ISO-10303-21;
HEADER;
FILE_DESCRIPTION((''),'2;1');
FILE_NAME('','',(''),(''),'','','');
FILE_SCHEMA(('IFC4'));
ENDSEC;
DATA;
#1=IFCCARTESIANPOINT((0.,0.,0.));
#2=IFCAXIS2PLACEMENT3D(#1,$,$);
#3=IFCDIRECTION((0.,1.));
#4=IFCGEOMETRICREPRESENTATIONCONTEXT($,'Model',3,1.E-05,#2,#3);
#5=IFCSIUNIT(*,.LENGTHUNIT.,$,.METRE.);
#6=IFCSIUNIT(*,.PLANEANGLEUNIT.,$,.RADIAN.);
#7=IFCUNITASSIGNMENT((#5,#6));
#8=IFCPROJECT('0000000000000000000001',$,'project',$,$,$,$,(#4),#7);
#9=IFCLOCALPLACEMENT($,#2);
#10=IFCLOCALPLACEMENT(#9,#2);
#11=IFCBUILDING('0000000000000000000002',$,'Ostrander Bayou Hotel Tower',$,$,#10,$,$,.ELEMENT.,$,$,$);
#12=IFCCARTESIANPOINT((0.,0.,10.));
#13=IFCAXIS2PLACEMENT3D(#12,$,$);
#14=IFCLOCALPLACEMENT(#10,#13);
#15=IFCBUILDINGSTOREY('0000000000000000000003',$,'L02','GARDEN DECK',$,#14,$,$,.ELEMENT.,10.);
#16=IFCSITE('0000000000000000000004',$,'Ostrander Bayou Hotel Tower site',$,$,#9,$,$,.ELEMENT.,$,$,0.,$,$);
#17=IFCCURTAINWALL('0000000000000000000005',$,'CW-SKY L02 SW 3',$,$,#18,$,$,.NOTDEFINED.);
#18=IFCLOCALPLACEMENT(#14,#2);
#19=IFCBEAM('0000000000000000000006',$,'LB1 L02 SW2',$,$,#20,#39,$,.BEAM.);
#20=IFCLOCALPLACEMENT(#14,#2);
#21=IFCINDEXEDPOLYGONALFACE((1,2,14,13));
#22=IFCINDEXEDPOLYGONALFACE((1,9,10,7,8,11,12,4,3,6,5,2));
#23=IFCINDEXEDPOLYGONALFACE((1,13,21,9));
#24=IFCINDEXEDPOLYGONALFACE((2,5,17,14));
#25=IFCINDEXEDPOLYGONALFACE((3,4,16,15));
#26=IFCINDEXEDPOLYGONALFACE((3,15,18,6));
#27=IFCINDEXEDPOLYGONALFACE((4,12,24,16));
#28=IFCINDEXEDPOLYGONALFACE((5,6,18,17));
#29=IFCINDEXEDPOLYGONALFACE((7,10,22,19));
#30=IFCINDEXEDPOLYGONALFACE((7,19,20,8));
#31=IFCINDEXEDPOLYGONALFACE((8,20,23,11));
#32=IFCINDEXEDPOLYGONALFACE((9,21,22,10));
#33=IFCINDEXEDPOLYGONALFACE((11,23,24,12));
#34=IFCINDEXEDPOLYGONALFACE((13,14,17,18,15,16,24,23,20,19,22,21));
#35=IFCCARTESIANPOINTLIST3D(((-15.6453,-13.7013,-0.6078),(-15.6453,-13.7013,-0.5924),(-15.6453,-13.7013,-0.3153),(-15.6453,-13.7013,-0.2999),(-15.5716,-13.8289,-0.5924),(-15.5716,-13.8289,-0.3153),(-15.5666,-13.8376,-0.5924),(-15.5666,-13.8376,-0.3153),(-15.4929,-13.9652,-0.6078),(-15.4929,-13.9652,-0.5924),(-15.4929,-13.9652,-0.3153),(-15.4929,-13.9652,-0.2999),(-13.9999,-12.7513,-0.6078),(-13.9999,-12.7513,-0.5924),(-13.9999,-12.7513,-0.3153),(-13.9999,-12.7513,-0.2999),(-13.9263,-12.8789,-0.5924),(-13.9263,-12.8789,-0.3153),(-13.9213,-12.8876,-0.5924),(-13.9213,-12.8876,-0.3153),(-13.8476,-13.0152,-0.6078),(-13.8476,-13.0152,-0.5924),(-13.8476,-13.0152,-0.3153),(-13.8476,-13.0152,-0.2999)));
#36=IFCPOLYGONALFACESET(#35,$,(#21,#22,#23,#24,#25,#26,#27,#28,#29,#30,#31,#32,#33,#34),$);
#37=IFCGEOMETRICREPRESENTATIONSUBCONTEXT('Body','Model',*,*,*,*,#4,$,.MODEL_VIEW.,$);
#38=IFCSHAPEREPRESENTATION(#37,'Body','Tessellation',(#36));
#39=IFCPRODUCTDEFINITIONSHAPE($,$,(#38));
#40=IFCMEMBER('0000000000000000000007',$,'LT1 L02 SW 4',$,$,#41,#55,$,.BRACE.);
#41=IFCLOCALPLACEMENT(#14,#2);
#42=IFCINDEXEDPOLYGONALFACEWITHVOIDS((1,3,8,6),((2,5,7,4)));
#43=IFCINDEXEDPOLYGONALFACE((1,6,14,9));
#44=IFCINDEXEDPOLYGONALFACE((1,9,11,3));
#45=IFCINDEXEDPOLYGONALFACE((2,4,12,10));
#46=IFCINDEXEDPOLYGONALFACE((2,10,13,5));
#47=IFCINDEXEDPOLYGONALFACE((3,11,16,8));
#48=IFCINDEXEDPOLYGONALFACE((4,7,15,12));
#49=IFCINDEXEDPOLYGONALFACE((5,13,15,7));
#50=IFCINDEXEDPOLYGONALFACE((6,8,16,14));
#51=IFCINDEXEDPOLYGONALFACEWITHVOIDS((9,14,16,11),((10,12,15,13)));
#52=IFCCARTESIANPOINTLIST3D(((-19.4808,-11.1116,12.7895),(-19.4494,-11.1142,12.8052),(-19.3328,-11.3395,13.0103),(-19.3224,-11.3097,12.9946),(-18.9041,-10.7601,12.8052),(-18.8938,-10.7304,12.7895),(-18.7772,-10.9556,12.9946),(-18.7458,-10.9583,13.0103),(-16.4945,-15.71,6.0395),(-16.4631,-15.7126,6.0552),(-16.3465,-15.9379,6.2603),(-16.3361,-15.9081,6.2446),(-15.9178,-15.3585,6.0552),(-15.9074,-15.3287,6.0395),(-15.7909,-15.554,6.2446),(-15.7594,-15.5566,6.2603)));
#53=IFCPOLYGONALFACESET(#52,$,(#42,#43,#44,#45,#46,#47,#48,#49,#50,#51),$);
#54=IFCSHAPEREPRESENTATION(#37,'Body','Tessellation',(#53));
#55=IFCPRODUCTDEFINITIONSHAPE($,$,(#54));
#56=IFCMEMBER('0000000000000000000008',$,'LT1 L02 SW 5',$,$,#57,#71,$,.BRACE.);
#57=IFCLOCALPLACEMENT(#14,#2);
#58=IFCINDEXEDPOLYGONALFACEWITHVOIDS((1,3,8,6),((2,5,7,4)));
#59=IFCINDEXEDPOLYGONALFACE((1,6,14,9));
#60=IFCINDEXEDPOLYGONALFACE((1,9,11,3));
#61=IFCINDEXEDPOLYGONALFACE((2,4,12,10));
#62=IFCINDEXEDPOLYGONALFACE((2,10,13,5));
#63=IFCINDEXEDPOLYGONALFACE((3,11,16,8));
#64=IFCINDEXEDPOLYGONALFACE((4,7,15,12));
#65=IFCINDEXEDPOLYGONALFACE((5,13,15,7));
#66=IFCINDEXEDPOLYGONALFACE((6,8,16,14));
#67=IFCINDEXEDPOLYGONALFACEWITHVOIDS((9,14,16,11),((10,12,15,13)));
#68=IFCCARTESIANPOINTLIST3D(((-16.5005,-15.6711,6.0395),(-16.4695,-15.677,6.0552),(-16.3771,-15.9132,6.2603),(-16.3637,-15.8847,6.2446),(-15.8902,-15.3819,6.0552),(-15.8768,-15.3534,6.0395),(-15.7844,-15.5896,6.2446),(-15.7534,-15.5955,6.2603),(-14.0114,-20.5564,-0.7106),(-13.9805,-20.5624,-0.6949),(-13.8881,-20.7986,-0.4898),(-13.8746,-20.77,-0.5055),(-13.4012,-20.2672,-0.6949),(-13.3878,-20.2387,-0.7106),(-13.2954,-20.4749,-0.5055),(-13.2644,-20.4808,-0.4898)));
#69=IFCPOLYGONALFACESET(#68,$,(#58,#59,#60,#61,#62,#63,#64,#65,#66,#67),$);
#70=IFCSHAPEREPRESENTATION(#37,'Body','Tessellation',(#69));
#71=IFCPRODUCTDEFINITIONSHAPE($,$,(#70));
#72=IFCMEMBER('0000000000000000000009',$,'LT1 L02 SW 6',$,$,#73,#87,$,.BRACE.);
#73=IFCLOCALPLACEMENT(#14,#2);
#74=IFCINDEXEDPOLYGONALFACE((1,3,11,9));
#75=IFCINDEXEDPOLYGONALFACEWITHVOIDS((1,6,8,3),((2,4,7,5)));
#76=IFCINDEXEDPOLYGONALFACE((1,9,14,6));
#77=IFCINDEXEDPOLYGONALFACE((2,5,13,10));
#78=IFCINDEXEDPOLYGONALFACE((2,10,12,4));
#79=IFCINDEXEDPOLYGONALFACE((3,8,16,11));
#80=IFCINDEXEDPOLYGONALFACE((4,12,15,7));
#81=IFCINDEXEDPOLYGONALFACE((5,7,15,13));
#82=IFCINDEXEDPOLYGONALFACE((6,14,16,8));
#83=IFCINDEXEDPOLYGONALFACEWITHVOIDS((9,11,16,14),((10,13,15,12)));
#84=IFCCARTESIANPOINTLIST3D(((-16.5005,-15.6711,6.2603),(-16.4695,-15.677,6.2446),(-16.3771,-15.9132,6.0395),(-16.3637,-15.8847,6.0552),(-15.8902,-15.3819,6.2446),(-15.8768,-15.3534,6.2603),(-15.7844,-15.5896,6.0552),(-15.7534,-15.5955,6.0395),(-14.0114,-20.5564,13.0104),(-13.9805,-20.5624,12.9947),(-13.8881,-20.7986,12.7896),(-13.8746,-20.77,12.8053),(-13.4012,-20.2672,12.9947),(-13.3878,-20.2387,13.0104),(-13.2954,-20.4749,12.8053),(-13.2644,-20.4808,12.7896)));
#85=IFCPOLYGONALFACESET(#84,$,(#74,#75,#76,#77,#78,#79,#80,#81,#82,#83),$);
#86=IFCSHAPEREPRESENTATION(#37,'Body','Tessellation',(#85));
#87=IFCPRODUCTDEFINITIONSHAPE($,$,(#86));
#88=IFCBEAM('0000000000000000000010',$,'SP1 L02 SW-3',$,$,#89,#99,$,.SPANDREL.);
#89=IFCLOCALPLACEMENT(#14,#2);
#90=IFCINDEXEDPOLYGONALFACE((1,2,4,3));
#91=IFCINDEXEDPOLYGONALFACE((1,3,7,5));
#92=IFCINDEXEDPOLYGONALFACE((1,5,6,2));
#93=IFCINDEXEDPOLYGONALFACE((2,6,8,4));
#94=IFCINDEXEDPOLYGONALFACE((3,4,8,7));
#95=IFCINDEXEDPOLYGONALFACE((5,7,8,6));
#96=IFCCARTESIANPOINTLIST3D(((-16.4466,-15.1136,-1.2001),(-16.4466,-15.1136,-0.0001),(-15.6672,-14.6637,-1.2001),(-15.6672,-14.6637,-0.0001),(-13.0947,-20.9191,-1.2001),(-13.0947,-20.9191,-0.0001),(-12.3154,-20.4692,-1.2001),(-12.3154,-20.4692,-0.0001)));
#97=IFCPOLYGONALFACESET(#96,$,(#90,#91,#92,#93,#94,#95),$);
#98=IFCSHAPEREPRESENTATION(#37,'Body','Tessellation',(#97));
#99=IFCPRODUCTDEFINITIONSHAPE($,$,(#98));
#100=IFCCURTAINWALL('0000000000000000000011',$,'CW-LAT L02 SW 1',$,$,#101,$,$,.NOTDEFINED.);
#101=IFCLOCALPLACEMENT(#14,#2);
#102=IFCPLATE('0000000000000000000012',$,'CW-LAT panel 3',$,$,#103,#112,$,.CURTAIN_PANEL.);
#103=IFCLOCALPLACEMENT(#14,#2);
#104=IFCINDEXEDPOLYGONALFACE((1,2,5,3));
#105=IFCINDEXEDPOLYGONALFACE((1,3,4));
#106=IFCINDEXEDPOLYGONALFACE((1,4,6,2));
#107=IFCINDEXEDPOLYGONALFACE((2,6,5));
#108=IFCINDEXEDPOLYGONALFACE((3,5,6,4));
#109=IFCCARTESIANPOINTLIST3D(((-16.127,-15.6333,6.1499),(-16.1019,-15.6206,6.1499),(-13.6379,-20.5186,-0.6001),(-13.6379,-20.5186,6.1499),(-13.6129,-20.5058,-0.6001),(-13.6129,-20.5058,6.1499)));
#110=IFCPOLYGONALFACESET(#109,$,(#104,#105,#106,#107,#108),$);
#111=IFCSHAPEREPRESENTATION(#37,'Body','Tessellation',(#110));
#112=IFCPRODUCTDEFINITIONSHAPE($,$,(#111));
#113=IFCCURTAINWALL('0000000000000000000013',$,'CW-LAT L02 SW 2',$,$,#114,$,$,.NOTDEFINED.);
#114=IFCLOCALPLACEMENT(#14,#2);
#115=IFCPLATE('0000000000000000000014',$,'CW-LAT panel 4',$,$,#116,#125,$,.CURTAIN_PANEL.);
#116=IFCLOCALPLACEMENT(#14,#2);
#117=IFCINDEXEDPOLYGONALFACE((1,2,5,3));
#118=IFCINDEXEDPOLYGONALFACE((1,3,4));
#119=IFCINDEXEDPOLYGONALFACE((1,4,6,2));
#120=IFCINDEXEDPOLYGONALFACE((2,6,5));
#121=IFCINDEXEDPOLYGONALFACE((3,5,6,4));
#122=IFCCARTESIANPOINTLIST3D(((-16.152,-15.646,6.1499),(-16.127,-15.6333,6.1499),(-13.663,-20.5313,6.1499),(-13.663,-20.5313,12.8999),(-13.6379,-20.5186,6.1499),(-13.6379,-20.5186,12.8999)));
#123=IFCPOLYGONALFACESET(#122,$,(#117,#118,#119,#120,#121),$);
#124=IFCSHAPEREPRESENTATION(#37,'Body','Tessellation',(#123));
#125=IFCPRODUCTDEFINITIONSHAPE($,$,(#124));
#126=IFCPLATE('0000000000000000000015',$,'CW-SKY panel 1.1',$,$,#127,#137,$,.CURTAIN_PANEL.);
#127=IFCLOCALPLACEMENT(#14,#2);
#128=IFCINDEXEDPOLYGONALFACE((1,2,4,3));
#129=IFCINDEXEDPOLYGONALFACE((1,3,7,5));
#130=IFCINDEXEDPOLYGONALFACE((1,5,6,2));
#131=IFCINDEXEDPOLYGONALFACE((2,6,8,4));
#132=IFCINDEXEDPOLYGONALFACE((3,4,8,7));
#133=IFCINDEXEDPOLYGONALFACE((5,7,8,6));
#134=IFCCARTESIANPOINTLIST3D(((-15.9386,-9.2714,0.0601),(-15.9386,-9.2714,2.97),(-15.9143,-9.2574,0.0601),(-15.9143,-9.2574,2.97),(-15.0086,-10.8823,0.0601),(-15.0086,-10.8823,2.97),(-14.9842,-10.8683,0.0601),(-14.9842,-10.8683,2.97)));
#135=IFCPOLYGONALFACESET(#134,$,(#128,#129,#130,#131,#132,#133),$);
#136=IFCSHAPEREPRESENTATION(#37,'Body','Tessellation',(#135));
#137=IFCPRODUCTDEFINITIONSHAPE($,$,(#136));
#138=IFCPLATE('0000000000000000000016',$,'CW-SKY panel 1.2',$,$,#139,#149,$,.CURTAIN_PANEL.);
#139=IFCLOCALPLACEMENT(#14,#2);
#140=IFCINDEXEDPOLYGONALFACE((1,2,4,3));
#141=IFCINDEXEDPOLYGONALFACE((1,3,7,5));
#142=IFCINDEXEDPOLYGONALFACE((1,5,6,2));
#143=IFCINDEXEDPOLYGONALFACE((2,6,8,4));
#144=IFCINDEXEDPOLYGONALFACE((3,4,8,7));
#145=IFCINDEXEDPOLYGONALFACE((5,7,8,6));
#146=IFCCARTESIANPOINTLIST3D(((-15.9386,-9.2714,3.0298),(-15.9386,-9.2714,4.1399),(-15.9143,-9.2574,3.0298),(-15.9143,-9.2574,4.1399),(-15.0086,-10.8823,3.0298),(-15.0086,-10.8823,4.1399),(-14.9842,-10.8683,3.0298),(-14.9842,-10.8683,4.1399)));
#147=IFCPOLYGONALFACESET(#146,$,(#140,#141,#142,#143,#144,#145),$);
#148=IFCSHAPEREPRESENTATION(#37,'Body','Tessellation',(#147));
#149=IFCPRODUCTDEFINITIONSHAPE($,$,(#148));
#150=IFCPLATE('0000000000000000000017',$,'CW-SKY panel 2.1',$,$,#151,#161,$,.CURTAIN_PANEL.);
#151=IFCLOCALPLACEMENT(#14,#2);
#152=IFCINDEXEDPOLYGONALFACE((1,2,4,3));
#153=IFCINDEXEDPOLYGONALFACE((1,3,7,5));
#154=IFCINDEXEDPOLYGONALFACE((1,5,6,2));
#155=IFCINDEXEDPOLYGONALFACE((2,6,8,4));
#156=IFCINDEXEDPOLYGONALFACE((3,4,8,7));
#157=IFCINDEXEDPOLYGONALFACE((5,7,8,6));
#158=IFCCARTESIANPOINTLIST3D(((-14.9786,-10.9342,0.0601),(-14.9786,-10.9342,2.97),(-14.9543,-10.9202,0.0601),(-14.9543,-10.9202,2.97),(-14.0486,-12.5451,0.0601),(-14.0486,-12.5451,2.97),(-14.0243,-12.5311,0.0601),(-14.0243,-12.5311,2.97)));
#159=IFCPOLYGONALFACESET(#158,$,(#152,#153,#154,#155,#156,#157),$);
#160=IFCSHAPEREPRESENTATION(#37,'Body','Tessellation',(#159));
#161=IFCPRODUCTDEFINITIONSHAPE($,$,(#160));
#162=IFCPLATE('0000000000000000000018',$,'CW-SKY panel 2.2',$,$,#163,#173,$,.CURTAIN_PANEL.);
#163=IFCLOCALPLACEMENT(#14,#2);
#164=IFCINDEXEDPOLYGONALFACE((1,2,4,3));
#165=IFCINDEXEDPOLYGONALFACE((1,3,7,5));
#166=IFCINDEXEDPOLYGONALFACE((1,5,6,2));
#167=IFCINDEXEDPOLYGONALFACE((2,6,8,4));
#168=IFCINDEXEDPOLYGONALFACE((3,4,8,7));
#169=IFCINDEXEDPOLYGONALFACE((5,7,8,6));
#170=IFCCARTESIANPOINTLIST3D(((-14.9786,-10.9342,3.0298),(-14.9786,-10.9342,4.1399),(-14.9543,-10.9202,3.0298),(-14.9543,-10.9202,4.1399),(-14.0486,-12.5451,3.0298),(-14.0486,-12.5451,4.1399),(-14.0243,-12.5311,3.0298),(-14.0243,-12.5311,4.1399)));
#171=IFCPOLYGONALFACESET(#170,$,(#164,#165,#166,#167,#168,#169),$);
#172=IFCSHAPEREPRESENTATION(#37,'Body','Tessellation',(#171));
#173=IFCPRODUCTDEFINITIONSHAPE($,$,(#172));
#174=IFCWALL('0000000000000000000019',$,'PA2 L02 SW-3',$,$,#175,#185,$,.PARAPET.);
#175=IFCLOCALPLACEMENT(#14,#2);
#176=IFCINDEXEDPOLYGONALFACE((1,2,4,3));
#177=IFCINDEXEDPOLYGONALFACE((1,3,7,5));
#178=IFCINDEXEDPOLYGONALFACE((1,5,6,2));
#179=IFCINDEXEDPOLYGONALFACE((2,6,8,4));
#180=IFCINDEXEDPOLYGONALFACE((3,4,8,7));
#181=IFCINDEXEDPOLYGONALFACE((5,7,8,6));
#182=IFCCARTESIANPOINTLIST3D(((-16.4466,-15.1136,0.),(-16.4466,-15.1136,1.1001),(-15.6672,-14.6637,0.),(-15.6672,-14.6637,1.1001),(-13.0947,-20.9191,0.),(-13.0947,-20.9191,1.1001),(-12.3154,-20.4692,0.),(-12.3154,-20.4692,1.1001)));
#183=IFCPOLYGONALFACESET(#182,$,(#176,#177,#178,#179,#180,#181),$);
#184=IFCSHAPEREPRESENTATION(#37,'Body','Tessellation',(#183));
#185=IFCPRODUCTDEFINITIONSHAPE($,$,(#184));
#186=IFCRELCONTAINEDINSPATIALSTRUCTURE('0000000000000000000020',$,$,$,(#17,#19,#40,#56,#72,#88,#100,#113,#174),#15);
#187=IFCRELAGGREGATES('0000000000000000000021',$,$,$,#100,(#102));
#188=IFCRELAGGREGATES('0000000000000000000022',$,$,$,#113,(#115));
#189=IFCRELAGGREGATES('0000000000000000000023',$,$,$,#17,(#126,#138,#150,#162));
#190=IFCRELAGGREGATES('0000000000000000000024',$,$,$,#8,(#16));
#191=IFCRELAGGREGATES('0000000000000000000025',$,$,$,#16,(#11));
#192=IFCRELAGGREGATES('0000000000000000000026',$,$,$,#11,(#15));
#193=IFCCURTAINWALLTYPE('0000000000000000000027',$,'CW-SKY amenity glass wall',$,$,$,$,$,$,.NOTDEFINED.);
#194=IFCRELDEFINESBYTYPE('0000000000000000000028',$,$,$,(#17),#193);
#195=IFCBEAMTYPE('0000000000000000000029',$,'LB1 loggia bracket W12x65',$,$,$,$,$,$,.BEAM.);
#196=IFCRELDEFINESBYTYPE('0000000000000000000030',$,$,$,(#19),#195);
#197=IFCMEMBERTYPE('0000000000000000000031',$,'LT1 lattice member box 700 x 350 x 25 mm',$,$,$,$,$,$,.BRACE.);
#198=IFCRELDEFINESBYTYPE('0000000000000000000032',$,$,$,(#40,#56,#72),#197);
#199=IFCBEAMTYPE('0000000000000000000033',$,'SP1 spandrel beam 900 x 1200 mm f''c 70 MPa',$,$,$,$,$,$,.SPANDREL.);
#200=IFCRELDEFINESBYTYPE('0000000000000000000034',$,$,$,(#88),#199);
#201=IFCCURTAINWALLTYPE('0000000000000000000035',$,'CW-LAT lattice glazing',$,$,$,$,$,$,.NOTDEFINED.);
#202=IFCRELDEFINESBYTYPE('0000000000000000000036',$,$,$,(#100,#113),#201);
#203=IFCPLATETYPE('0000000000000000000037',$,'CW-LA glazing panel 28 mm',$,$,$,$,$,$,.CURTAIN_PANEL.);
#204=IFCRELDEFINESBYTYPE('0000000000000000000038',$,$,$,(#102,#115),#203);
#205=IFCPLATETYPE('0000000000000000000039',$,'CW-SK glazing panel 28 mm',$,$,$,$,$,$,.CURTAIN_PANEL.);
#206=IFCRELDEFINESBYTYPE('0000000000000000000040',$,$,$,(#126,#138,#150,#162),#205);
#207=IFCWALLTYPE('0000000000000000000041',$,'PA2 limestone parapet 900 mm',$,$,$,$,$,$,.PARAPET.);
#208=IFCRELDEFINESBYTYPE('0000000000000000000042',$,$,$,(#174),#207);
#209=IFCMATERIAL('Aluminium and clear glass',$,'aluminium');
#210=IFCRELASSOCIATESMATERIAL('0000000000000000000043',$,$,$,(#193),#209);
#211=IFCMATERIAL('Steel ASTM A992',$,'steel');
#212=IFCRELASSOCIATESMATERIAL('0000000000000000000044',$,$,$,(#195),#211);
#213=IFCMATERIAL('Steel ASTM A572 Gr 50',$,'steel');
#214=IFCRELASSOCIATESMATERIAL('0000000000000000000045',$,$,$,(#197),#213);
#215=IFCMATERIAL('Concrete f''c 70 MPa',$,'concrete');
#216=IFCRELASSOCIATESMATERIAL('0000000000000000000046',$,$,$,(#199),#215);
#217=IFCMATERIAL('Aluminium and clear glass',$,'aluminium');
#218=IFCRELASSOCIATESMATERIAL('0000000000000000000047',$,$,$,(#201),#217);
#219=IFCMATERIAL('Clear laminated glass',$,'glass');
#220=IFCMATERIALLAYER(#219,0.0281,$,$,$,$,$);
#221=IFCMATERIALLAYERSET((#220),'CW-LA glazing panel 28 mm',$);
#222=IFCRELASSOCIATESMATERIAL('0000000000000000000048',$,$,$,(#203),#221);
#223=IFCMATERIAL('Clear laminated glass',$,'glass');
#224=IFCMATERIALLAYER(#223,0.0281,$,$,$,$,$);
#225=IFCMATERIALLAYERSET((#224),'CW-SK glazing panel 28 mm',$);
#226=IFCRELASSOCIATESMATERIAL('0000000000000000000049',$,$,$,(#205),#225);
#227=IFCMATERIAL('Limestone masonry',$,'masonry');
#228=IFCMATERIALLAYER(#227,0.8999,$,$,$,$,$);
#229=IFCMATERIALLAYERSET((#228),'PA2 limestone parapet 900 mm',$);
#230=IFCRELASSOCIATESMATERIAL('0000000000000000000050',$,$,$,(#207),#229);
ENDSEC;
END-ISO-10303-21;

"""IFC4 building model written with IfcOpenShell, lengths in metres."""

from ifc_helpers import new_model, si_unit, direction, frame, frame_2d, origin, origin_2d, place, context, subcontext, project, spatial, polyline, rectangle, hollow_rectangle, i_section, outline, extrude, material, layer, layer_set, material_profile, profile_set, type_object, element, aggregate, save


model = new_model("IFC4")

# Units and contexts
model_context = context("Model", 3, precision=1e-05, world=origin(), true_north=direction((0.0, 1.0)))
body_context = subcontext(model_context, "Body", "Model", "MODEL_VIEW")
ifc_project = project(units=[si_unit("LENGTHUNIT", "METRE"), si_unit("PLANEANGLEUNIT", "RADIAN")], contexts=[model_context])

# Site, building, storey
site_placement = place(None, origin())
site = spatial("IfcSite", under=ifc_project, at=site_placement, Name="Ostrander Bayou Hotel Tower site", CompositionType="ELEMENT", RefElevation=0.0)
building_placement = place(site_placement, origin())
building = spatial("IfcBuilding", under=site, at=building_placement, Name="Ostrander Bayou Hotel Tower", CompositionType="ELEMENT")
storey_placement = place(building_placement, frame((0.0, 0.0, 10.0)))
storey = spatial("IfcBuildingStorey", under=building, at=storey_placement, Name="L02", Description="GARDEN DECK", CompositionType="ELEMENT", Elevation=10.0)

# Curtain wall
ifc_material_1 = material(Name="Aluminium and clear glass", Category="aluminium")
curtain_wall_type_1 = type_object("IfcCurtainWallType", Name="CW-SKY amenity glass wall", PredefinedType="NOTDEFINED", material=ifc_material_1)
curtain_wall_1_placement = place(storey_placement, origin())
curtain_wall_1 = element("IfcCurtainWall", 1, at=curtain_wall_1_placement, inside=storey, type_object=curtain_wall_type_1, Name="CW-SKY L02 SW 3", PredefinedType="NOTDEFINED")

# Beam
ifc_material_2 = material(Name="Steel ASTM A992", Category="steel")
ifc_material_profile_1 = material_profile(ifc_material_2, i_section(OverallWidth=0.3047, OverallDepth=0.3079, WebThickness=0.01, FlangeThickness=0.0154, at=origin_2d()))
ifc_profile_set_1 = profile_set([ifc_material_profile_1], Name="Steel ASTM A992")
beam_type_1 = type_object("IfcBeamType", Name="LB1 loggia bracket W12x65", PredefinedType="BEAM", material=ifc_profile_set_1)
beam_1_placement = place(storey_placement, frame((-15.5691, -13.8333, -0.4539), z_axis=(0.866012, 0.500023, 0.0), x_axis=(-0.500023, 0.866012, 0.0)))
element("IfcBeam", 2, at=beam_1_placement, inside=storey, type_object=beam_type_1, Name="LB1 L02 SW2", PredefinedType="BEAM", context=body_context, shape_type="SweptSolid", body=[
    extrude(i_section(OverallWidth=0.3047, OverallDepth=0.3079, WebThickness=0.01, FlangeThickness=0.0154, at=origin_2d()), origin(), (0.0, 0.0, 1.0), 1.8999),
])

# Members
ifc_material_3 = material(Name="Steel ASTM A572 Gr 50", Category="steel")
ifc_material_profile_2 = material_profile(ifc_material_3, hollow_rectangle(XDim=0.7, YDim=0.3501, WallThickness=0.0249, at=origin_2d()))
ifc_profile_set_2 = profile_set([ifc_material_profile_2], Name="Steel ASTM A572 Gr 50")
member_type_1 = type_object("IfcMemberType", Name="LT1 lattice member box 700 x 350 x 25 mm", PredefinedType="BRACE", material=ifc_profile_set_2)
for number, where, z_axis, x_axis, name in (
    (3, (-16.127, -15.6333, 6.1499), (-0.343402, 0.528775, 0.776191), (-0.838662, -0.544652, 0.0), "LT1 L02 SW 4"),
    (4, (-16.127, -15.6333, 6.1499), (0.286219, -0.561771, -0.776204), (0.891017, 0.453969, 0.0), "LT1 L02 SW 5"),
    (5, (-16.127, -15.6333, 6.1499), (0.286219, -0.561771, 0.776204), (0.891017, 0.453969, 0.0), "LT1 L02 SW 6"),
):
    element("IfcMember", number, at=place(storey_placement, frame(where, z_axis=z_axis, x_axis=x_axis)), inside=storey, type_object=member_type_1, Name=name, PredefinedType="BRACE", context=body_context, shape_type="SweptSolid", body=[
        extrude(hollow_rectangle(XDim=0.7, YDim=0.3501, WallThickness=0.0249, at=origin_2d()), origin(), (0.0, 0.0, 1.0), 8.6963),
    ])

# Beam
ifc_material_4 = material(Name="Concrete f'c 70 MPa", Category="concrete")
ifc_material_profile_3 = material_profile(ifc_material_4, rectangle(XDim=0.8999, YDim=1.2, at=origin_2d()))
ifc_profile_set_3 = profile_set([ifc_material_profile_3], Name="Concrete f'c 70 MPa")
beam_type_2 = type_object("IfcBeamType", Name="SP1 spandrel beam 900 x 1200 mm f'c 70 MPa", PredefinedType="SPANDREL", material=ifc_profile_set_3)
beam_2_placement = place(storey_placement, frame((-16.0569, -14.8887, -0.6001), z_axis=(0.500005, -0.866022, 0.0), x_axis=(0.866022, 0.500005, 0.0)))
element("IfcBeam", 6, at=beam_2_placement, inside=storey, type_object=beam_type_2, Name="SP1 L02 SW-3", PredefinedType="SPANDREL", context=body_context, shape_type="SweptSolid", body=[
    extrude(rectangle(XDim=0.8999, YDim=1.2, at=origin_2d()), origin(), (0.0, 0.0, 1.0), 6.7036),
])

# Curtain walls, plates
ifc_material_5 = material(Name="Aluminium and clear glass", Category="aluminium")
curtain_wall_type_2 = type_object("IfcCurtainWallType", Name="CW-LAT lattice glazing", PredefinedType="NOTDEFINED", material=ifc_material_5)
curtain_wall_2_placement = place(storey_placement, origin())
curtain_wall_2 = element("IfcCurtainWall", 7, at=curtain_wall_2_placement, inside=storey, type_object=curtain_wall_type_2, Name="CW-LAT L02 SW 1", PredefinedType="NOTDEFINED")
ifc_material_6 = material(Name="Clear laminated glass", Category="glass")
ifc_layer_1 = layer(ifc_material_6, 0.0281)
ifc_layer_set_1 = layer_set([ifc_layer_1], Name="CW-LA glazing panel 28 mm")
plate_type_1 = type_object("IfcPlateType", Name="CW-LA glazing panel 28 mm", PredefinedType="CURTAIN_PANEL", material=ifc_layer_set_1)
plate_1_placement = place(storey_placement, frame((-16.127, -15.6333, 6.1499), z_axis=(-0.891017, -0.453969, 0.0), x_axis=(0.286219, -0.561771, -0.776204)))
plate_1 = element("IfcPlate", 8, at=plate_1_placement, type_object=plate_type_1, Name="CW-LAT panel 3", PredefinedType="CURTAIN_PANEL", context=body_context, shape_type="SweptSolid", body=[
    extrude(outline(polyline([(0.0, 0.0), (8.6962, 0.0), (3.4568, 4.2558), (0.0, 0.0)])), origin(), (0.0, 0.0, -1.0), 0.0281),
])
aggregate(curtain_wall_2, [plate_1])
curtain_wall_3_placement = place(storey_placement, origin())
curtain_wall_3 = element("IfcCurtainWall", 9, at=curtain_wall_3_placement, inside=storey, type_object=curtain_wall_type_2, Name="CW-LAT L02 SW 2", PredefinedType="NOTDEFINED")
plate_2_placement = place(storey_placement, frame((-16.127, -15.6333, 6.1499), z_axis=(0.891017, 0.453969, 0.0), x_axis=(0.286219, -0.561771, 0.776204)))
plate_2 = element("IfcPlate", 10, at=plate_2_placement, type_object=plate_type_1, Name="CW-LAT panel 4", PredefinedType="CURTAIN_PANEL", context=body_context, shape_type="SweptSolid", body=[
    extrude(outline(polyline([(0.0, 0.0), (8.6962, 0.0), (3.4568, 4.2558), (0.0, 0.0)])), origin(), (0.0, 0.0, -1.0), 0.0281),
])
aggregate(curtain_wall_3, [plate_2])

# Plates
ifc_material_7 = material(Name="Clear laminated glass", Category="glass")
ifc_layer_2 = layer(ifc_material_7, 0.0281)
ifc_layer_set_2 = layer_set([ifc_layer_2], Name="CW-SK glazing panel 28 mm")
plate_type_2 = type_object("IfcPlateType", Name="CW-SK glazing panel 28 mm", PredefinedType="CURTAIN_PANEL", material=ifc_layer_set_2)
plate_3_placement = place(storey_placement, frame((-15.4614, -10.0698, 0.0601), z_axis=(0.0, 0.0, 1.0), x_axis=(0.5, -0.866025, 0.0)))
plate_3 = element("IfcPlate", 11, at=plate_3_placement, type_object=plate_type_2, Name="CW-SKY panel 1.1", PredefinedType="CURTAIN_PANEL", context=body_context, shape_type="SweptSolid", body=[
    extrude(rectangle(XDim=1.8601, YDim=0.0281, at=origin_2d()), origin(), (0.0, 0.0, 1.0), 2.9099),
])
plate_4_placement = place(storey_placement, frame((-15.4614, -10.0698, 3.0298), z_axis=(0.0, 0.0, 1.0), x_axis=(0.5, -0.866025, 0.0)))
plate_4 = element("IfcPlate", 12, at=plate_4_placement, type_object=plate_type_2, Name="CW-SKY panel 1.2", PredefinedType="CURTAIN_PANEL", context=body_context, shape_type="SweptSolid", body=[
    extrude(rectangle(XDim=1.8601, YDim=0.0281, at=origin_2d()), origin(), (0.0, 0.0, 1.0), 1.1101),
])
plate_5_placement = place(storey_placement, frame((-14.5015, -11.7327, 0.0601), z_axis=(0.0, 0.0, 1.0), x_axis=(0.5, -0.866025, 0.0)))
plate_5 = element("IfcPlate", 13, at=plate_5_placement, type_object=plate_type_2, Name="CW-SKY panel 2.1", PredefinedType="CURTAIN_PANEL", context=body_context, shape_type="SweptSolid", body=[
    extrude(rectangle(XDim=1.8601, YDim=0.0281, at=origin_2d()), origin(), (0.0, 0.0, 1.0), 2.9099),
])
plate_6_placement = place(storey_placement, frame((-14.5015, -11.7327, 3.0298), z_axis=(0.0, 0.0, 1.0), x_axis=(0.5, -0.866025, 0.0)))
plate_6 = element("IfcPlate", 14, at=plate_6_placement, type_object=plate_type_2, Name="CW-SKY panel 2.2", PredefinedType="CURTAIN_PANEL", context=body_context, shape_type="SweptSolid", body=[
    extrude(rectangle(XDim=1.8601, YDim=0.0281, at=origin_2d()), origin(), (0.0, 0.0, 1.0), 1.1101),
])
aggregate(curtain_wall_1, [plate_3, plate_4, plate_5, plate_6])

# Wall
ifc_material_8 = material(Name="Limestone masonry", Category="masonry")
ifc_layer_3 = layer(ifc_material_8, 0.8999)
ifc_layer_set_3 = layer_set([ifc_layer_3], Name="PA2 limestone parapet 900 mm")
wall_type = type_object("IfcWallType", Name="PA2 limestone parapet 900 mm", PredefinedType="PARAPET", material=ifc_layer_set_3)
wall_placement = place(storey_placement, frame((-16.0569, -14.8887, 0.0), z_axis=(0.0, 0.0, 1.0), x_axis=(0.500005, -0.866022, 0.0)))
element("IfcWall", 15, at=wall_placement, inside=storey, type_object=wall_type, Name="PA2 L02 SW-3", PredefinedType="PARAPET", context=body_context, shape_type="SweptSolid", body=[
    extrude(rectangle(XDim=6.7036, YDim=0.8999, at=frame_2d((3.3518, 0.0))), origin(), (0.0, 0.0, 1.0), 1.1001),
])

save(model, "model.ifc")
